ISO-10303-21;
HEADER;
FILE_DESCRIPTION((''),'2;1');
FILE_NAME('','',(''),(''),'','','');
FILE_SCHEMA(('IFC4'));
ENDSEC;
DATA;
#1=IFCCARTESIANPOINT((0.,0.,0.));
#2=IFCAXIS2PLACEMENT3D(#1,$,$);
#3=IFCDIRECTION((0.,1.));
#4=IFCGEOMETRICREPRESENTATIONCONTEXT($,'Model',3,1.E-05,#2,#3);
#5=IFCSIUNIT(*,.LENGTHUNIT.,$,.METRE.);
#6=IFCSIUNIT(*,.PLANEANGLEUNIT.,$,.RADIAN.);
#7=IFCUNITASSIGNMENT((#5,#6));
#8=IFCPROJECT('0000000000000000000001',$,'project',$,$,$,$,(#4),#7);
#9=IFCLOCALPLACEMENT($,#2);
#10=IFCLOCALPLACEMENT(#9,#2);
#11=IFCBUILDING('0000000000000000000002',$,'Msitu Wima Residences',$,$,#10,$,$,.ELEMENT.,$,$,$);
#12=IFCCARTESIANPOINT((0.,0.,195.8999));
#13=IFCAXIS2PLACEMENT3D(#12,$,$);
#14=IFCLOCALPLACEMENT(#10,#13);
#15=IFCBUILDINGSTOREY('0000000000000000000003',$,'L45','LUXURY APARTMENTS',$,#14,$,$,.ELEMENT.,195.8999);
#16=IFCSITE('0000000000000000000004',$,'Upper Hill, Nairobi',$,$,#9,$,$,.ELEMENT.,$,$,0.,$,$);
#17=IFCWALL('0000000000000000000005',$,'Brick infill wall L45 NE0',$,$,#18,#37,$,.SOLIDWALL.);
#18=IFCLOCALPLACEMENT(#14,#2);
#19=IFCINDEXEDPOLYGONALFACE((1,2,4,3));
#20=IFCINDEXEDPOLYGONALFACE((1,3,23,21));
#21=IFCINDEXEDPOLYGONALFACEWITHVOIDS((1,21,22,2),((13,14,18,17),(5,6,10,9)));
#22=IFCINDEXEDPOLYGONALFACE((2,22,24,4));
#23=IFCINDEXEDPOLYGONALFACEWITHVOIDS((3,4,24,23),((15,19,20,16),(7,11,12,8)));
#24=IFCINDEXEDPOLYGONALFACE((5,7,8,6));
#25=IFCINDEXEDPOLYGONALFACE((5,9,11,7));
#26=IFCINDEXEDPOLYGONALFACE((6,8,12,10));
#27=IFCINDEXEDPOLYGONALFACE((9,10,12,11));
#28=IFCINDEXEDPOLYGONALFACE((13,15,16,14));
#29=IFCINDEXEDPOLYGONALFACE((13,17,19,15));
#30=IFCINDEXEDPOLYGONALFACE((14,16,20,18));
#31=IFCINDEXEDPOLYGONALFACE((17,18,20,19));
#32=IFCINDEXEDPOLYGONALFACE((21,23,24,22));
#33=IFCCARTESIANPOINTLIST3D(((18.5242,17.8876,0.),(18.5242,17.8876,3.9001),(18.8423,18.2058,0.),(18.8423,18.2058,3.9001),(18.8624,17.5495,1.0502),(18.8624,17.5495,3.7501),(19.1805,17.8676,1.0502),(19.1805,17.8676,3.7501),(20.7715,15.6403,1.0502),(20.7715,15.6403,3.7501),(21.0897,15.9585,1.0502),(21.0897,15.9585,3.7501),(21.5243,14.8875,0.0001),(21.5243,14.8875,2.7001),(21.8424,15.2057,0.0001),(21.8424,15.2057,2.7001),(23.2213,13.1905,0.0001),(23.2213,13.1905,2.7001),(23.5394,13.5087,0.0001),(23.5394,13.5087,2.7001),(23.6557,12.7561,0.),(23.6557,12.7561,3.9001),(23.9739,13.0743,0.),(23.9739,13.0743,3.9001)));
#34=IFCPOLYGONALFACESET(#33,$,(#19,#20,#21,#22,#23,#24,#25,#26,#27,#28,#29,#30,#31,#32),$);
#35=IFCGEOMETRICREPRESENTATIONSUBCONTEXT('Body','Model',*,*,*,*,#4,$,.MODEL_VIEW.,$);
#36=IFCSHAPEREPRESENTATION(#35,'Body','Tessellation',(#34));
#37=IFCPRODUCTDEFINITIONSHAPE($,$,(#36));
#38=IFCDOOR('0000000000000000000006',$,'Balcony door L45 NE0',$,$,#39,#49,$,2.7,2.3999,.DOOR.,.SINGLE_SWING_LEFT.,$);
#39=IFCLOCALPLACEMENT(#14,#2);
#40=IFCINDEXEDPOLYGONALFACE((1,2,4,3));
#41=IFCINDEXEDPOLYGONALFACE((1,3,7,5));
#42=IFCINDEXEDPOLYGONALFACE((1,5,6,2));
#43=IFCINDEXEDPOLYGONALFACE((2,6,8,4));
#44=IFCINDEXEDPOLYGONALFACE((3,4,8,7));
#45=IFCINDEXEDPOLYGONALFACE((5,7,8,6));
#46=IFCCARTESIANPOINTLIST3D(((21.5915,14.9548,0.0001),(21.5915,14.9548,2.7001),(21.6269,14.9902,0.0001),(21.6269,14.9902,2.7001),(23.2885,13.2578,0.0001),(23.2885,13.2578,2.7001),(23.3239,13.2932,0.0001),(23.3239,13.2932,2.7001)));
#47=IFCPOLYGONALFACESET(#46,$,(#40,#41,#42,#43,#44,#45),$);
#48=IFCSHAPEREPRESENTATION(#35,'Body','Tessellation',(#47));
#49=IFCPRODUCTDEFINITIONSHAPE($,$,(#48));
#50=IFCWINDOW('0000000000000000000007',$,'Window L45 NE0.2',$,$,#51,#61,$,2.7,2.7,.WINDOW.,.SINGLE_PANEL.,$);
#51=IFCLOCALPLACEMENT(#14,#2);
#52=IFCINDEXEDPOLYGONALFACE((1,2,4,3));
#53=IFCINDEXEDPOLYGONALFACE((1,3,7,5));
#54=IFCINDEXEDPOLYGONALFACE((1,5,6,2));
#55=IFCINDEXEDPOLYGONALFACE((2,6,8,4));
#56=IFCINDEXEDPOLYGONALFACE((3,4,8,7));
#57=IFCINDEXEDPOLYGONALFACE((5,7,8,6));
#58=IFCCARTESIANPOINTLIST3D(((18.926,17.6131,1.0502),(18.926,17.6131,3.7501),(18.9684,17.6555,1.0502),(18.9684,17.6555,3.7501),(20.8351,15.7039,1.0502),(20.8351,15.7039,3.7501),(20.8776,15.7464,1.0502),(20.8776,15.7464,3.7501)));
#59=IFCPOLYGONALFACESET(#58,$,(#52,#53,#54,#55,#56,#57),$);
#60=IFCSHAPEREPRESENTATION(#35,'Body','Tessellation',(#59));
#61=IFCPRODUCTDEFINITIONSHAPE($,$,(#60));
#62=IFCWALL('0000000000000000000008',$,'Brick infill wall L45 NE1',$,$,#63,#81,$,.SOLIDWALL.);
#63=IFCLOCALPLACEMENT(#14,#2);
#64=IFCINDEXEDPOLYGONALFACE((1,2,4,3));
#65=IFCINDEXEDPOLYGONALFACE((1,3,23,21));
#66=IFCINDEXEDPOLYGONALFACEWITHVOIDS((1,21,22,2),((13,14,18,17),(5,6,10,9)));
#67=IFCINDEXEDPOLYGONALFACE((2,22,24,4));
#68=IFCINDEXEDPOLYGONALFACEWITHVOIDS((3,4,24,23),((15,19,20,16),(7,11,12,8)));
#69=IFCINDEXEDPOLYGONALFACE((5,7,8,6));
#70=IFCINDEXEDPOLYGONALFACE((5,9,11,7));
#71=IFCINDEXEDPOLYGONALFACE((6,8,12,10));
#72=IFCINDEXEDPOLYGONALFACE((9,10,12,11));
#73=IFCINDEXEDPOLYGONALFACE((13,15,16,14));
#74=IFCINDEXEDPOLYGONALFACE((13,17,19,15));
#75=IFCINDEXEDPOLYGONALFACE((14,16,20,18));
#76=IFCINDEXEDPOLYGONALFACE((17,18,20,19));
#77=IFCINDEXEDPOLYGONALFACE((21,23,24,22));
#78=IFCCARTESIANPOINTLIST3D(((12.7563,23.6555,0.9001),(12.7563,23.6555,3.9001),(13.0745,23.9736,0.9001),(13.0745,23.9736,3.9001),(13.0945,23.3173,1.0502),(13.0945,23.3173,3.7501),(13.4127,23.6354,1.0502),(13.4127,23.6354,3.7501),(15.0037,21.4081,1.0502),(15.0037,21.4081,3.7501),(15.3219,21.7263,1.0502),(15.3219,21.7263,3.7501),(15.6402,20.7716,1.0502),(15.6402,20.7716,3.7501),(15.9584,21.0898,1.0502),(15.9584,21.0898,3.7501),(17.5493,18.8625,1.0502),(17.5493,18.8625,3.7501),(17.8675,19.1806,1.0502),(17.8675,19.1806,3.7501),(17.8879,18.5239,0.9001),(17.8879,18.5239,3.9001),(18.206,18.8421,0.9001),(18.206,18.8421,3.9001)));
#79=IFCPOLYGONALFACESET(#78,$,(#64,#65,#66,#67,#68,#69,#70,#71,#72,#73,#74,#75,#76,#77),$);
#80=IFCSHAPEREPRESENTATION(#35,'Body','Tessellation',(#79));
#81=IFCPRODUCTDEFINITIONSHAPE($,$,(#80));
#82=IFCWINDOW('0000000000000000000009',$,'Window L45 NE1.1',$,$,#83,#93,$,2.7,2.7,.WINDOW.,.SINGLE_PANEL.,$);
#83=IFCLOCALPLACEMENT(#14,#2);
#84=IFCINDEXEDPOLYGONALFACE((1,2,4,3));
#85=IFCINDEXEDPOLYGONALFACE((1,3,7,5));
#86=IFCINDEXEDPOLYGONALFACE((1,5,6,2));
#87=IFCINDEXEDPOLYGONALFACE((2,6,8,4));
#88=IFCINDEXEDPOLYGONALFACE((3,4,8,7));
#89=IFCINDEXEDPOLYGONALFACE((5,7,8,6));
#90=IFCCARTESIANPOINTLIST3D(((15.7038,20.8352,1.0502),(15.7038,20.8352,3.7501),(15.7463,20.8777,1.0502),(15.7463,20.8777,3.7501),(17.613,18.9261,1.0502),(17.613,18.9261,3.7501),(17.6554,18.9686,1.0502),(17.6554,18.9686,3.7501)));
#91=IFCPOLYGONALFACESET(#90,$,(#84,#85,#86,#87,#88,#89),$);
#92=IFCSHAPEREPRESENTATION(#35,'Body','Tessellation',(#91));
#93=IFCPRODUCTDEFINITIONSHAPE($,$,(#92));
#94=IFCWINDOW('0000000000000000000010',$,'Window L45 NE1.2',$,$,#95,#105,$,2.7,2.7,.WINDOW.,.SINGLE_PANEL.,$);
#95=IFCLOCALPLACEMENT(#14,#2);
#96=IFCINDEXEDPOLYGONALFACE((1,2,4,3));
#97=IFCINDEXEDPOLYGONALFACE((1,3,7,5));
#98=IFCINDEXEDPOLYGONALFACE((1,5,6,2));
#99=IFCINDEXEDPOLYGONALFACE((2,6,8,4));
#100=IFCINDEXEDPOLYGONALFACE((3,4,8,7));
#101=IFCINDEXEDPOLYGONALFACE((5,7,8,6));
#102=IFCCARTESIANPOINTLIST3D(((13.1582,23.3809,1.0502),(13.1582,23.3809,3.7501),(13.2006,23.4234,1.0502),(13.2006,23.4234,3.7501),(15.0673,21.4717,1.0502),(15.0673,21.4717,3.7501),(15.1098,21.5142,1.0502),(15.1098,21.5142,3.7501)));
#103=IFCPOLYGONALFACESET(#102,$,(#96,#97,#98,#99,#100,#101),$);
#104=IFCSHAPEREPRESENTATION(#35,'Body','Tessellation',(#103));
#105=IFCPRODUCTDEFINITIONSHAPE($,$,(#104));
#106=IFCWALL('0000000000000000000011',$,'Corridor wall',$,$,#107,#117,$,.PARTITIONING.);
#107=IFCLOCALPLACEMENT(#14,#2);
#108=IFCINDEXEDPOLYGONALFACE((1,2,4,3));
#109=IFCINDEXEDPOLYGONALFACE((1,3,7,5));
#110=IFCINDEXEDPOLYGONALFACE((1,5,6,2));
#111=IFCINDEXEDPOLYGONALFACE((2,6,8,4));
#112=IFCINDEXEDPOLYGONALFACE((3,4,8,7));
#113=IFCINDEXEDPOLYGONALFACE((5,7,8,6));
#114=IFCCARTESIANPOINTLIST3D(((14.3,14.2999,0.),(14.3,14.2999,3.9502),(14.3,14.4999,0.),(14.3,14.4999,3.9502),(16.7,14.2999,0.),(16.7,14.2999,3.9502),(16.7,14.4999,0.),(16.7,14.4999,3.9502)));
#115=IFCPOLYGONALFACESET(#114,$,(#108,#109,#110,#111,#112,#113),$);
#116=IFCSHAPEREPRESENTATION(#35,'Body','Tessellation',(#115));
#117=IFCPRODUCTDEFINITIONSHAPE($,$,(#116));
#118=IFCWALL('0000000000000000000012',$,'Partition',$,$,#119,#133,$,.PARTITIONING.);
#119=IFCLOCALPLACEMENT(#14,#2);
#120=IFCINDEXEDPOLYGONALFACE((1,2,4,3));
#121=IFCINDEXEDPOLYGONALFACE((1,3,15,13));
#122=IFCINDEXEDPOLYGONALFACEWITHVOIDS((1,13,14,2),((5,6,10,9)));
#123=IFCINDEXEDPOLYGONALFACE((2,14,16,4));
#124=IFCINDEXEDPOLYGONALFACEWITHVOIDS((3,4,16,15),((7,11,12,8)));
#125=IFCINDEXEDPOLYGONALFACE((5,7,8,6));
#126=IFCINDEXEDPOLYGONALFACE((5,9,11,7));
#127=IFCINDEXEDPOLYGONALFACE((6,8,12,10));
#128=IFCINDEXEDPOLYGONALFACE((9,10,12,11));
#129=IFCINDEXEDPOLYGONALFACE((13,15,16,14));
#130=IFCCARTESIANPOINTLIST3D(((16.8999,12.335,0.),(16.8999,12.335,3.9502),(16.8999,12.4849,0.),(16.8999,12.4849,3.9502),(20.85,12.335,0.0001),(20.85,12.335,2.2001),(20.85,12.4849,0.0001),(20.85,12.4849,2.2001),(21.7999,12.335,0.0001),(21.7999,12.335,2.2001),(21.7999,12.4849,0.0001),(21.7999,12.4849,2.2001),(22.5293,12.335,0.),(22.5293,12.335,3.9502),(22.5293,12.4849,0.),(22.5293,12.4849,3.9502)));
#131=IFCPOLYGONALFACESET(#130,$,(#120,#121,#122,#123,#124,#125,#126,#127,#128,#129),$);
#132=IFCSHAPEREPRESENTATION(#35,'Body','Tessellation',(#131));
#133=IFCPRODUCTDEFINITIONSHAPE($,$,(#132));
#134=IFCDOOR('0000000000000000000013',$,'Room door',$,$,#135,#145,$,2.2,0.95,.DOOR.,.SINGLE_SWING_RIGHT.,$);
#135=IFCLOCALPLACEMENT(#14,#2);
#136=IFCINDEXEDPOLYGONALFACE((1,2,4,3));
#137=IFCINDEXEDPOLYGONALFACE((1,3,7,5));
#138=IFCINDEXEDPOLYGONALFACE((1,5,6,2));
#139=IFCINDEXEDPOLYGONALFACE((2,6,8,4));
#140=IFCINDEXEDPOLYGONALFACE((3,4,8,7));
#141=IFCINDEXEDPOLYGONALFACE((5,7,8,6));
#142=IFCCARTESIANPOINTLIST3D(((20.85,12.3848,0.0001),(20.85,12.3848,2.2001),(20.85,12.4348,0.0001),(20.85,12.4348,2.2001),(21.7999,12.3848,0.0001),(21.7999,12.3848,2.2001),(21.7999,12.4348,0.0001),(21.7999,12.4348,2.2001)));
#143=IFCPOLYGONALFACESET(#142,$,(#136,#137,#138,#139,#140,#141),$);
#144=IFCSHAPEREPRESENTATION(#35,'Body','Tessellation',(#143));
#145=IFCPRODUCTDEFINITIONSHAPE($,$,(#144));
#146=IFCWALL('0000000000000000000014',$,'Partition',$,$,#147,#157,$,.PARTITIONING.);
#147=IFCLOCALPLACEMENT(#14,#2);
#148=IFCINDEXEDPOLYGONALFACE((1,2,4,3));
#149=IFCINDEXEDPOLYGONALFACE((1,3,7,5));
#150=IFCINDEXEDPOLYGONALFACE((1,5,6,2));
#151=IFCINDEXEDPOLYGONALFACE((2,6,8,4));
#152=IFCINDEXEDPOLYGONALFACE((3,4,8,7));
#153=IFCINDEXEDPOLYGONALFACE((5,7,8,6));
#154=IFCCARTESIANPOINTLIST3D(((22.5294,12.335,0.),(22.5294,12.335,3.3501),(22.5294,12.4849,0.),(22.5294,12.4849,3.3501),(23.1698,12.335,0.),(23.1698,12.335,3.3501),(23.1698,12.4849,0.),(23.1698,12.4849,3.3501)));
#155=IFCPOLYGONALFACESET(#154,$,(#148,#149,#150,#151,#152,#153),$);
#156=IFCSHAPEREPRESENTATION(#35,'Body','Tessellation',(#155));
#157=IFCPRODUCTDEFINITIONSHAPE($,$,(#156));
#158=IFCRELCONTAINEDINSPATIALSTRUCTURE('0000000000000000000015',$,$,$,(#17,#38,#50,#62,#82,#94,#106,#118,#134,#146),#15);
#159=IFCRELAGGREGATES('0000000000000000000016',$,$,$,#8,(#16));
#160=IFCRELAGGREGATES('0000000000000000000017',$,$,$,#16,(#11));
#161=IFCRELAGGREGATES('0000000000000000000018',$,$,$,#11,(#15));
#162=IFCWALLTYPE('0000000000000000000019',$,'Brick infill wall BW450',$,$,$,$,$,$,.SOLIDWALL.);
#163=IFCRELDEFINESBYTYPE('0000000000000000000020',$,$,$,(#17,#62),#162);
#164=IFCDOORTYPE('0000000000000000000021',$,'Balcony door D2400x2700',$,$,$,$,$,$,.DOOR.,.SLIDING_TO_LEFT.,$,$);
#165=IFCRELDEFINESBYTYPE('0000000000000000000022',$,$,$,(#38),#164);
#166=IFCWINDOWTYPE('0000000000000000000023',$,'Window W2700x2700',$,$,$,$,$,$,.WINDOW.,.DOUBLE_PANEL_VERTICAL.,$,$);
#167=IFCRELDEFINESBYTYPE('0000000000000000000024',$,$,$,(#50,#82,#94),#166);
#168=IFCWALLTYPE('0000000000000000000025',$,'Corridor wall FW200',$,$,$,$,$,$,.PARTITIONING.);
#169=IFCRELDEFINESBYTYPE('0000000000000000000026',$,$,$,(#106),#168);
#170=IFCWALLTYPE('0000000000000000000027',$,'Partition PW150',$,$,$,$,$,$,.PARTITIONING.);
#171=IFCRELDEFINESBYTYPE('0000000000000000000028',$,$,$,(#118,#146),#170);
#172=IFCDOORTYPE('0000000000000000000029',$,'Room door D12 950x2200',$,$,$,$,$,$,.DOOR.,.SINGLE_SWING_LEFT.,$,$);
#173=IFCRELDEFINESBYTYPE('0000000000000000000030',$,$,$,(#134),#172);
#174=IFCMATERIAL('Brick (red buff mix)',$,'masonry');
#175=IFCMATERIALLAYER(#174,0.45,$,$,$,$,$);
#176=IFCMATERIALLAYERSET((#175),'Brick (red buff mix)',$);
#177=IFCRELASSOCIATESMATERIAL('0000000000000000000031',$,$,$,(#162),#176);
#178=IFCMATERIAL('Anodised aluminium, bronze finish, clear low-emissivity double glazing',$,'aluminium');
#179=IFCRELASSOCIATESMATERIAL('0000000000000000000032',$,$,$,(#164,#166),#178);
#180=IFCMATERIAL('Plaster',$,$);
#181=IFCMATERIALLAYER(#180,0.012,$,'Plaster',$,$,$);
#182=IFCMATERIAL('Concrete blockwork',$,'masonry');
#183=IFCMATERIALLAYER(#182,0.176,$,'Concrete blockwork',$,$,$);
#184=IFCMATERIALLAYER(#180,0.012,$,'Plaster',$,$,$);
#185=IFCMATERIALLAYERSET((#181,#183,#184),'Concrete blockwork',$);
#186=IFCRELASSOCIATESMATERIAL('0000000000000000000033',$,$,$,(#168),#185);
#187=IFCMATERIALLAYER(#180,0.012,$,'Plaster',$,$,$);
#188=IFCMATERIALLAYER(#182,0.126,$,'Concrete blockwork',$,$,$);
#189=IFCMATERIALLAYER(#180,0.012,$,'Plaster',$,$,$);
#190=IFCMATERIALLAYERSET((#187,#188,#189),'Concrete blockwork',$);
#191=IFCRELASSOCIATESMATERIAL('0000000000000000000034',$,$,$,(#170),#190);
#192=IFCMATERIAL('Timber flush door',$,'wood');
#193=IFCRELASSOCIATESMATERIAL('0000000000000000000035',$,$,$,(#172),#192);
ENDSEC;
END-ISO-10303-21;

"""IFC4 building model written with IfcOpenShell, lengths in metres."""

from ifc_helpers import new_model, si_unit, direction, frame, frame_2d, origin, place, context, subcontext, project, spatial, rectangle, extrude, material, layer, layer_set, type_object, element, fill, save


model = new_model("IFC4")

# Units and contexts
model_context = context("Model", 3, precision=1e-05, world=origin(), true_north=direction((0.0, 1.0)))
body_context = subcontext(model_context, "Body", "Model", "MODEL_VIEW")
ifc_project = project(units=[si_unit("LENGTHUNIT", "METRE"), si_unit("PLANEANGLEUNIT", "RADIAN")], contexts=[model_context])

# Site, building, storey
site_placement = place(None, origin())
site = spatial("IfcSite", under=ifc_project, at=site_placement, Name="Upper Hill, Nairobi", CompositionType="ELEMENT", RefElevation=0.0)
building_placement = place(site_placement, origin())
building = spatial("IfcBuilding", under=site, at=building_placement, Name="Msitu Wima Residences", CompositionType="ELEMENT")
storey_placement = place(building_placement, frame((0.0, 0.0, 195.8999)))
storey = spatial("IfcBuildingStorey", under=building, at=storey_placement, Name="L45", Description="LUXURY APARTMENTS", CompositionType="ELEMENT", Elevation=195.8999)

# Wall, openings, door, window
ifc_material_1 = material(Name="Brick (red buff mix)", Category="masonry")
ifc_layer_1 = layer(ifc_material_1, 0.45)
ifc_layer_set_1 = layer_set([ifc_layer_1], Name="Brick (red buff mix)")
wall_type_1 = type_object("IfcWallType", Name="Brick infill wall BW450", PredefinedType="SOLIDWALL", material=ifc_layer_set_1)
wall_1_placement = place(storey_placement, frame((23.8147, 12.9153, 0.0), z_axis=(0.0, 0.0, 1.0), x_axis=(-0.707107, 0.707107, 0.0)))
wall_1 = element("IfcWall", 1, at=wall_1_placement, inside=storey, type_object=wall_type_1, Name="Brick infill wall L45 NE0", PredefinedType="SOLIDWALL", context=body_context, shape_type="SweptSolid", body=[
    extrude(rectangle(XDim=7.2571, YDim=0.45, at=frame_2d((3.6284, 0.0))), origin(), (0.0, 0.0, 1.0), 3.9001),
])
opening_1_placement = place(wall_1_placement, frame((0.6143, 0.0, 0.0)))
opening_1 = element("IfcOpeningElement", 2, at=opening_1_placement, cuts=wall_1, PredefinedType="OPENING", context=body_context, shape_type="SweptSolid", body=[
    extrude(rectangle(XDim=2.3999, YDim=2.7, at=frame_2d((1.2, 1.3501))), frame((0.0, 0.2349, 0.0), z_axis=(0.0, -1.0, 0.0), x_axis=(1.0, 0.0, 0.0)), (0.0, 0.0, 1.0), 0.47),
])
opening_2_placement = place(wall_1_placement, frame((4.0786, 0.0, 1.05)))
opening_2 = element("IfcOpeningElement", 3, at=opening_2_placement, cuts=wall_1, PredefinedType="OPENING", context=body_context, shape_type="SweptSolid", body=[
    extrude(rectangle(XDim=2.7, YDim=2.7, at=frame_2d((1.3501, 1.3501))), frame((0.0, 0.2349, 0.0), z_axis=(0.0, -1.0, 0.0), x_axis=(1.0, 0.0, 0.0)), (0.0, 0.0, 1.0), 0.47),
])
ifc_material_2 = material(Name="Anodised aluminium, bronze finish, clear low-emissivity double glazing", Category="aluminium")
door_type_1 = type_object("IfcDoorType", Name="Balcony door D2400x2700", OperationType="SLIDING_TO_LEFT", PredefinedType="DOOR", material=ifc_material_2)
door_1_placement = place(opening_1_placement, origin())
door_1 = element("IfcDoor", 4, at=door_1_placement, inside=storey, type_object=door_type_1, Name="Balcony door L45 NE0", OperationType="SINGLE_SWING_LEFT", OverallHeight=2.7, OverallWidth=2.3999, PredefinedType="DOOR", context=body_context, shape_type="SweptSolid", body=[
    extrude(rectangle(XDim=2.3999, YDim=2.7, at=frame_2d((1.2, 1.3501))), frame((0.0, 0.1299, 0.0), z_axis=(0.0, -1.0, 0.0), x_axis=(1.0, 0.0, 0.0)), (0.0, 0.0, 1.0), 0.05),
])
fill(opening_1, door_1)
window_type = type_object("IfcWindowType", Name="Window W2700x2700", PartitioningType="DOUBLE_PANEL_VERTICAL", PredefinedType="WINDOW", material=ifc_material_2)
window_1_placement = place(opening_2_placement, origin())
window_1 = element("IfcWindow", 5, at=window_1_placement, inside=storey, type_object=window_type, Name="Window L45 NE0.2", OverallHeight=2.7, OverallWidth=2.7, PartitioningType="SINGLE_PANEL", PredefinedType="WINDOW", context=body_context, shape_type="SweptSolid", body=[
    extrude(rectangle(XDim=2.7, YDim=2.7, at=frame_2d((1.3501, 1.3501))), frame((0.0, 0.135, 0.0), z_axis=(0.0, -1.0, 0.0), x_axis=(1.0, 0.0, 0.0)), (0.0, 0.0, 1.0), 0.0601),
])
fill(opening_2, window_1)

# Wall, openings, windows
wall_2_placement = place(storey_placement, frame((18.0469, 18.6831, 0.9001), z_axis=(0.0, 0.0, 1.0), x_axis=(-0.707107, 0.707107, 0.0)))
wall_2 = element("IfcWall", 6, at=wall_2_placement, inside=storey, type_object=wall_type_1, Name="Brick infill wall L45 NE1", PredefinedType="SOLIDWALL", context=body_context, shape_type="SweptSolid", body=[
    extrude(rectangle(XDim=7.2571, YDim=0.45, at=frame_2d((3.6284, 0.0))), origin(), (0.0, 0.0, 1.0), 3.0),
])
opening_3_placement = place(wall_2_placement, frame((0.4785, 0.0, 0.1499)))
opening_3 = element("IfcOpeningElement", 7, at=opening_3_placement, cuts=wall_2, PredefinedType="OPENING", context=body_context, shape_type="SweptSolid", body=[
    extrude(rectangle(XDim=2.7, YDim=2.7, at=frame_2d((1.3501, 1.3501))), frame((0.0, 0.2349, 0.0), z_axis=(0.0, -1.0, 0.0), x_axis=(1.0, 0.0, 0.0)), (0.0, 0.0, 1.0), 0.47),
])
opening_4_placement = place(wall_2_placement, frame((4.0786, 0.0, 0.1499)))
opening_4 = element("IfcOpeningElement", 8, at=opening_4_placement, cuts=wall_2, PredefinedType="OPENING", context=body_context, shape_type="SweptSolid", body=[
    extrude(rectangle(XDim=2.7, YDim=2.7, at=frame_2d((1.3501, 1.3501))), frame((0.0, 0.2349, 0.0), z_axis=(0.0, -1.0, 0.0), x_axis=(1.0, 0.0, 0.0)), (0.0, 0.0, 1.0), 0.47),
])
window_2_placement = place(opening_3_placement, origin())
window_2 = element("IfcWindow", 9, at=window_2_placement, inside=storey, type_object=window_type, Name="Window L45 NE1.1", OverallHeight=2.7, OverallWidth=2.7, PartitioningType="SINGLE_PANEL", PredefinedType="WINDOW", context=body_context, shape_type="SweptSolid", body=[
    extrude(rectangle(XDim=2.7, YDim=2.7, at=frame_2d((1.3501, 1.3501))), frame((0.0, 0.135, 0.0), z_axis=(0.0, -1.0, 0.0), x_axis=(1.0, 0.0, 0.0)), (0.0, 0.0, 1.0), 0.0601),
])
fill(opening_3, window_2)
window_3_placement = place(opening_4_placement, origin())
window_3 = element("IfcWindow", 10, at=window_3_placement, inside=storey, type_object=window_type, Name="Window L45 NE1.2", OverallHeight=2.7, OverallWidth=2.7, PartitioningType="SINGLE_PANEL", PredefinedType="WINDOW", context=body_context, shape_type="SweptSolid", body=[
    extrude(rectangle(XDim=2.7, YDim=2.7, at=frame_2d((1.3501, 1.3501))), frame((0.0, 0.135, 0.0), z_axis=(0.0, -1.0, 0.0), x_axis=(1.0, 0.0, 0.0)), (0.0, 0.0, 1.0), 0.0601),
])
fill(opening_4, window_3)

# Wall
ifc_material_3 = material(Name="Plaster")
ifc_layer_2 = layer(ifc_material_3, 0.012, Name="Plaster")
ifc_material_4 = material(Name="Concrete blockwork", Category="masonry")
ifc_layer_3 = layer(ifc_material_4, 0.176, Name="Concrete blockwork")
ifc_layer_4 = layer(ifc_material_3, 0.012, Name="Plaster")
ifc_layer_set_2 = layer_set([ifc_layer_2, ifc_layer_3, ifc_layer_4], Name="Concrete blockwork")
wall_type_2 = type_object("IfcWallType", Name="Corridor wall FW200", PredefinedType="PARTITIONING", material=ifc_layer_set_2)
wall_3_placement = place(storey_placement, frame((14.3, 14.3999, 0.0), z_axis=(0.0, 0.0, 1.0), x_axis=(1.0, 0.0, 0.0)))
element("IfcWall", 11, at=wall_3_placement, inside=storey, type_object=wall_type_2, Name="Corridor wall", PredefinedType="PARTITIONING", context=body_context, shape_type="SweptSolid", body=[
    extrude(rectangle(XDim=2.3999, YDim=0.2, at=frame_2d((1.2, 0.0))), origin(), (0.0, 0.0, 1.0), 3.9502),
])

# Wall, opening, door
ifc_layer_5 = layer(ifc_material_3, 0.012, Name="Plaster")
ifc_layer_6 = layer(ifc_material_4, 0.126, Name="Concrete blockwork")
ifc_layer_7 = layer(ifc_material_3, 0.012, Name="Plaster")
ifc_layer_set_3 = layer_set([ifc_layer_5, ifc_layer_6, ifc_layer_7], Name="Concrete blockwork")
wall_type_3 = type_object("IfcWallType", Name="Partition PW150", PredefinedType="PARTITIONING", material=ifc_layer_set_3)
wall_4_placement = place(storey_placement, frame((16.8999, 12.4099, 0.0), z_axis=(0.0, 0.0, 1.0), x_axis=(1.0, 0.0, 0.0)))
wall_4 = element("IfcWall", 12, at=wall_4_placement, inside=storey, type_object=wall_type_3, Name="Partition", PredefinedType="PARTITIONING", context=body_context, shape_type="SweptSolid", body=[
    extrude(rectangle(XDim=5.6294, YDim=0.1499, at=frame_2d((2.8147, 0.0))), origin(), (0.0, 0.0, 1.0), 3.9502),
])
opening_5_placement = place(wall_4_placement, frame((3.95, 0.0, 0.0)))
opening_5 = element("IfcOpeningElement", 13, at=opening_5_placement, cuts=wall_4, PredefinedType="OPENING", context=body_context, shape_type="SweptSolid", body=[
    extrude(rectangle(XDim=0.95, YDim=2.2, at=frame_2d((0.4751, 1.1001))), frame((0.0, 0.085, 0.0), z_axis=(0.0, -1.0, 0.0), x_axis=(1.0, 0.0, 0.0)), (0.0, 0.0, 1.0), 0.1699),
])
ifc_material_5 = material(Name="Timber flush door", Category="wood")
door_type_2 = type_object("IfcDoorType", Name="Room door D12 950x2200", OperationType="SINGLE_SWING_LEFT", PredefinedType="DOOR", material=ifc_material_5)
door_2_placement = place(opening_5_placement, origin())
door_2 = element("IfcDoor", 14, at=door_2_placement, inside=storey, type_object=door_type_2, Name="Room door", OperationType="SINGLE_SWING_RIGHT", OverallHeight=2.2, OverallWidth=0.95, PredefinedType="DOOR", context=body_context, shape_type="SweptSolid", body=[
    extrude(rectangle(XDim=0.95, YDim=2.2, at=frame_2d((0.4751, 1.1001))), frame((0.0, 0.0249, 0.0), z_axis=(0.0, -1.0, 0.0), x_axis=(1.0, 0.0, 0.0)), (0.0, 0.0, 1.0), 0.05),
])
fill(opening_5, door_2)

# Wall
wall_5_placement = place(storey_placement, frame((22.5293, 12.4099, 0.0), z_axis=(0.0, 0.0, 1.0), x_axis=(1.0, 0.0, 0.0)))
element("IfcWall", 15, at=wall_5_placement, inside=storey, type_object=wall_type_3, Name="Partition", PredefinedType="PARTITIONING", context=body_context, shape_type="SweptSolid", body=[
    extrude(rectangle(XDim=0.6404, YDim=0.1499, at=frame_2d((0.3203, 0.0))), origin(), (0.0, 0.0, 1.0), 3.3501),
])

save(model, "model.ifc")
